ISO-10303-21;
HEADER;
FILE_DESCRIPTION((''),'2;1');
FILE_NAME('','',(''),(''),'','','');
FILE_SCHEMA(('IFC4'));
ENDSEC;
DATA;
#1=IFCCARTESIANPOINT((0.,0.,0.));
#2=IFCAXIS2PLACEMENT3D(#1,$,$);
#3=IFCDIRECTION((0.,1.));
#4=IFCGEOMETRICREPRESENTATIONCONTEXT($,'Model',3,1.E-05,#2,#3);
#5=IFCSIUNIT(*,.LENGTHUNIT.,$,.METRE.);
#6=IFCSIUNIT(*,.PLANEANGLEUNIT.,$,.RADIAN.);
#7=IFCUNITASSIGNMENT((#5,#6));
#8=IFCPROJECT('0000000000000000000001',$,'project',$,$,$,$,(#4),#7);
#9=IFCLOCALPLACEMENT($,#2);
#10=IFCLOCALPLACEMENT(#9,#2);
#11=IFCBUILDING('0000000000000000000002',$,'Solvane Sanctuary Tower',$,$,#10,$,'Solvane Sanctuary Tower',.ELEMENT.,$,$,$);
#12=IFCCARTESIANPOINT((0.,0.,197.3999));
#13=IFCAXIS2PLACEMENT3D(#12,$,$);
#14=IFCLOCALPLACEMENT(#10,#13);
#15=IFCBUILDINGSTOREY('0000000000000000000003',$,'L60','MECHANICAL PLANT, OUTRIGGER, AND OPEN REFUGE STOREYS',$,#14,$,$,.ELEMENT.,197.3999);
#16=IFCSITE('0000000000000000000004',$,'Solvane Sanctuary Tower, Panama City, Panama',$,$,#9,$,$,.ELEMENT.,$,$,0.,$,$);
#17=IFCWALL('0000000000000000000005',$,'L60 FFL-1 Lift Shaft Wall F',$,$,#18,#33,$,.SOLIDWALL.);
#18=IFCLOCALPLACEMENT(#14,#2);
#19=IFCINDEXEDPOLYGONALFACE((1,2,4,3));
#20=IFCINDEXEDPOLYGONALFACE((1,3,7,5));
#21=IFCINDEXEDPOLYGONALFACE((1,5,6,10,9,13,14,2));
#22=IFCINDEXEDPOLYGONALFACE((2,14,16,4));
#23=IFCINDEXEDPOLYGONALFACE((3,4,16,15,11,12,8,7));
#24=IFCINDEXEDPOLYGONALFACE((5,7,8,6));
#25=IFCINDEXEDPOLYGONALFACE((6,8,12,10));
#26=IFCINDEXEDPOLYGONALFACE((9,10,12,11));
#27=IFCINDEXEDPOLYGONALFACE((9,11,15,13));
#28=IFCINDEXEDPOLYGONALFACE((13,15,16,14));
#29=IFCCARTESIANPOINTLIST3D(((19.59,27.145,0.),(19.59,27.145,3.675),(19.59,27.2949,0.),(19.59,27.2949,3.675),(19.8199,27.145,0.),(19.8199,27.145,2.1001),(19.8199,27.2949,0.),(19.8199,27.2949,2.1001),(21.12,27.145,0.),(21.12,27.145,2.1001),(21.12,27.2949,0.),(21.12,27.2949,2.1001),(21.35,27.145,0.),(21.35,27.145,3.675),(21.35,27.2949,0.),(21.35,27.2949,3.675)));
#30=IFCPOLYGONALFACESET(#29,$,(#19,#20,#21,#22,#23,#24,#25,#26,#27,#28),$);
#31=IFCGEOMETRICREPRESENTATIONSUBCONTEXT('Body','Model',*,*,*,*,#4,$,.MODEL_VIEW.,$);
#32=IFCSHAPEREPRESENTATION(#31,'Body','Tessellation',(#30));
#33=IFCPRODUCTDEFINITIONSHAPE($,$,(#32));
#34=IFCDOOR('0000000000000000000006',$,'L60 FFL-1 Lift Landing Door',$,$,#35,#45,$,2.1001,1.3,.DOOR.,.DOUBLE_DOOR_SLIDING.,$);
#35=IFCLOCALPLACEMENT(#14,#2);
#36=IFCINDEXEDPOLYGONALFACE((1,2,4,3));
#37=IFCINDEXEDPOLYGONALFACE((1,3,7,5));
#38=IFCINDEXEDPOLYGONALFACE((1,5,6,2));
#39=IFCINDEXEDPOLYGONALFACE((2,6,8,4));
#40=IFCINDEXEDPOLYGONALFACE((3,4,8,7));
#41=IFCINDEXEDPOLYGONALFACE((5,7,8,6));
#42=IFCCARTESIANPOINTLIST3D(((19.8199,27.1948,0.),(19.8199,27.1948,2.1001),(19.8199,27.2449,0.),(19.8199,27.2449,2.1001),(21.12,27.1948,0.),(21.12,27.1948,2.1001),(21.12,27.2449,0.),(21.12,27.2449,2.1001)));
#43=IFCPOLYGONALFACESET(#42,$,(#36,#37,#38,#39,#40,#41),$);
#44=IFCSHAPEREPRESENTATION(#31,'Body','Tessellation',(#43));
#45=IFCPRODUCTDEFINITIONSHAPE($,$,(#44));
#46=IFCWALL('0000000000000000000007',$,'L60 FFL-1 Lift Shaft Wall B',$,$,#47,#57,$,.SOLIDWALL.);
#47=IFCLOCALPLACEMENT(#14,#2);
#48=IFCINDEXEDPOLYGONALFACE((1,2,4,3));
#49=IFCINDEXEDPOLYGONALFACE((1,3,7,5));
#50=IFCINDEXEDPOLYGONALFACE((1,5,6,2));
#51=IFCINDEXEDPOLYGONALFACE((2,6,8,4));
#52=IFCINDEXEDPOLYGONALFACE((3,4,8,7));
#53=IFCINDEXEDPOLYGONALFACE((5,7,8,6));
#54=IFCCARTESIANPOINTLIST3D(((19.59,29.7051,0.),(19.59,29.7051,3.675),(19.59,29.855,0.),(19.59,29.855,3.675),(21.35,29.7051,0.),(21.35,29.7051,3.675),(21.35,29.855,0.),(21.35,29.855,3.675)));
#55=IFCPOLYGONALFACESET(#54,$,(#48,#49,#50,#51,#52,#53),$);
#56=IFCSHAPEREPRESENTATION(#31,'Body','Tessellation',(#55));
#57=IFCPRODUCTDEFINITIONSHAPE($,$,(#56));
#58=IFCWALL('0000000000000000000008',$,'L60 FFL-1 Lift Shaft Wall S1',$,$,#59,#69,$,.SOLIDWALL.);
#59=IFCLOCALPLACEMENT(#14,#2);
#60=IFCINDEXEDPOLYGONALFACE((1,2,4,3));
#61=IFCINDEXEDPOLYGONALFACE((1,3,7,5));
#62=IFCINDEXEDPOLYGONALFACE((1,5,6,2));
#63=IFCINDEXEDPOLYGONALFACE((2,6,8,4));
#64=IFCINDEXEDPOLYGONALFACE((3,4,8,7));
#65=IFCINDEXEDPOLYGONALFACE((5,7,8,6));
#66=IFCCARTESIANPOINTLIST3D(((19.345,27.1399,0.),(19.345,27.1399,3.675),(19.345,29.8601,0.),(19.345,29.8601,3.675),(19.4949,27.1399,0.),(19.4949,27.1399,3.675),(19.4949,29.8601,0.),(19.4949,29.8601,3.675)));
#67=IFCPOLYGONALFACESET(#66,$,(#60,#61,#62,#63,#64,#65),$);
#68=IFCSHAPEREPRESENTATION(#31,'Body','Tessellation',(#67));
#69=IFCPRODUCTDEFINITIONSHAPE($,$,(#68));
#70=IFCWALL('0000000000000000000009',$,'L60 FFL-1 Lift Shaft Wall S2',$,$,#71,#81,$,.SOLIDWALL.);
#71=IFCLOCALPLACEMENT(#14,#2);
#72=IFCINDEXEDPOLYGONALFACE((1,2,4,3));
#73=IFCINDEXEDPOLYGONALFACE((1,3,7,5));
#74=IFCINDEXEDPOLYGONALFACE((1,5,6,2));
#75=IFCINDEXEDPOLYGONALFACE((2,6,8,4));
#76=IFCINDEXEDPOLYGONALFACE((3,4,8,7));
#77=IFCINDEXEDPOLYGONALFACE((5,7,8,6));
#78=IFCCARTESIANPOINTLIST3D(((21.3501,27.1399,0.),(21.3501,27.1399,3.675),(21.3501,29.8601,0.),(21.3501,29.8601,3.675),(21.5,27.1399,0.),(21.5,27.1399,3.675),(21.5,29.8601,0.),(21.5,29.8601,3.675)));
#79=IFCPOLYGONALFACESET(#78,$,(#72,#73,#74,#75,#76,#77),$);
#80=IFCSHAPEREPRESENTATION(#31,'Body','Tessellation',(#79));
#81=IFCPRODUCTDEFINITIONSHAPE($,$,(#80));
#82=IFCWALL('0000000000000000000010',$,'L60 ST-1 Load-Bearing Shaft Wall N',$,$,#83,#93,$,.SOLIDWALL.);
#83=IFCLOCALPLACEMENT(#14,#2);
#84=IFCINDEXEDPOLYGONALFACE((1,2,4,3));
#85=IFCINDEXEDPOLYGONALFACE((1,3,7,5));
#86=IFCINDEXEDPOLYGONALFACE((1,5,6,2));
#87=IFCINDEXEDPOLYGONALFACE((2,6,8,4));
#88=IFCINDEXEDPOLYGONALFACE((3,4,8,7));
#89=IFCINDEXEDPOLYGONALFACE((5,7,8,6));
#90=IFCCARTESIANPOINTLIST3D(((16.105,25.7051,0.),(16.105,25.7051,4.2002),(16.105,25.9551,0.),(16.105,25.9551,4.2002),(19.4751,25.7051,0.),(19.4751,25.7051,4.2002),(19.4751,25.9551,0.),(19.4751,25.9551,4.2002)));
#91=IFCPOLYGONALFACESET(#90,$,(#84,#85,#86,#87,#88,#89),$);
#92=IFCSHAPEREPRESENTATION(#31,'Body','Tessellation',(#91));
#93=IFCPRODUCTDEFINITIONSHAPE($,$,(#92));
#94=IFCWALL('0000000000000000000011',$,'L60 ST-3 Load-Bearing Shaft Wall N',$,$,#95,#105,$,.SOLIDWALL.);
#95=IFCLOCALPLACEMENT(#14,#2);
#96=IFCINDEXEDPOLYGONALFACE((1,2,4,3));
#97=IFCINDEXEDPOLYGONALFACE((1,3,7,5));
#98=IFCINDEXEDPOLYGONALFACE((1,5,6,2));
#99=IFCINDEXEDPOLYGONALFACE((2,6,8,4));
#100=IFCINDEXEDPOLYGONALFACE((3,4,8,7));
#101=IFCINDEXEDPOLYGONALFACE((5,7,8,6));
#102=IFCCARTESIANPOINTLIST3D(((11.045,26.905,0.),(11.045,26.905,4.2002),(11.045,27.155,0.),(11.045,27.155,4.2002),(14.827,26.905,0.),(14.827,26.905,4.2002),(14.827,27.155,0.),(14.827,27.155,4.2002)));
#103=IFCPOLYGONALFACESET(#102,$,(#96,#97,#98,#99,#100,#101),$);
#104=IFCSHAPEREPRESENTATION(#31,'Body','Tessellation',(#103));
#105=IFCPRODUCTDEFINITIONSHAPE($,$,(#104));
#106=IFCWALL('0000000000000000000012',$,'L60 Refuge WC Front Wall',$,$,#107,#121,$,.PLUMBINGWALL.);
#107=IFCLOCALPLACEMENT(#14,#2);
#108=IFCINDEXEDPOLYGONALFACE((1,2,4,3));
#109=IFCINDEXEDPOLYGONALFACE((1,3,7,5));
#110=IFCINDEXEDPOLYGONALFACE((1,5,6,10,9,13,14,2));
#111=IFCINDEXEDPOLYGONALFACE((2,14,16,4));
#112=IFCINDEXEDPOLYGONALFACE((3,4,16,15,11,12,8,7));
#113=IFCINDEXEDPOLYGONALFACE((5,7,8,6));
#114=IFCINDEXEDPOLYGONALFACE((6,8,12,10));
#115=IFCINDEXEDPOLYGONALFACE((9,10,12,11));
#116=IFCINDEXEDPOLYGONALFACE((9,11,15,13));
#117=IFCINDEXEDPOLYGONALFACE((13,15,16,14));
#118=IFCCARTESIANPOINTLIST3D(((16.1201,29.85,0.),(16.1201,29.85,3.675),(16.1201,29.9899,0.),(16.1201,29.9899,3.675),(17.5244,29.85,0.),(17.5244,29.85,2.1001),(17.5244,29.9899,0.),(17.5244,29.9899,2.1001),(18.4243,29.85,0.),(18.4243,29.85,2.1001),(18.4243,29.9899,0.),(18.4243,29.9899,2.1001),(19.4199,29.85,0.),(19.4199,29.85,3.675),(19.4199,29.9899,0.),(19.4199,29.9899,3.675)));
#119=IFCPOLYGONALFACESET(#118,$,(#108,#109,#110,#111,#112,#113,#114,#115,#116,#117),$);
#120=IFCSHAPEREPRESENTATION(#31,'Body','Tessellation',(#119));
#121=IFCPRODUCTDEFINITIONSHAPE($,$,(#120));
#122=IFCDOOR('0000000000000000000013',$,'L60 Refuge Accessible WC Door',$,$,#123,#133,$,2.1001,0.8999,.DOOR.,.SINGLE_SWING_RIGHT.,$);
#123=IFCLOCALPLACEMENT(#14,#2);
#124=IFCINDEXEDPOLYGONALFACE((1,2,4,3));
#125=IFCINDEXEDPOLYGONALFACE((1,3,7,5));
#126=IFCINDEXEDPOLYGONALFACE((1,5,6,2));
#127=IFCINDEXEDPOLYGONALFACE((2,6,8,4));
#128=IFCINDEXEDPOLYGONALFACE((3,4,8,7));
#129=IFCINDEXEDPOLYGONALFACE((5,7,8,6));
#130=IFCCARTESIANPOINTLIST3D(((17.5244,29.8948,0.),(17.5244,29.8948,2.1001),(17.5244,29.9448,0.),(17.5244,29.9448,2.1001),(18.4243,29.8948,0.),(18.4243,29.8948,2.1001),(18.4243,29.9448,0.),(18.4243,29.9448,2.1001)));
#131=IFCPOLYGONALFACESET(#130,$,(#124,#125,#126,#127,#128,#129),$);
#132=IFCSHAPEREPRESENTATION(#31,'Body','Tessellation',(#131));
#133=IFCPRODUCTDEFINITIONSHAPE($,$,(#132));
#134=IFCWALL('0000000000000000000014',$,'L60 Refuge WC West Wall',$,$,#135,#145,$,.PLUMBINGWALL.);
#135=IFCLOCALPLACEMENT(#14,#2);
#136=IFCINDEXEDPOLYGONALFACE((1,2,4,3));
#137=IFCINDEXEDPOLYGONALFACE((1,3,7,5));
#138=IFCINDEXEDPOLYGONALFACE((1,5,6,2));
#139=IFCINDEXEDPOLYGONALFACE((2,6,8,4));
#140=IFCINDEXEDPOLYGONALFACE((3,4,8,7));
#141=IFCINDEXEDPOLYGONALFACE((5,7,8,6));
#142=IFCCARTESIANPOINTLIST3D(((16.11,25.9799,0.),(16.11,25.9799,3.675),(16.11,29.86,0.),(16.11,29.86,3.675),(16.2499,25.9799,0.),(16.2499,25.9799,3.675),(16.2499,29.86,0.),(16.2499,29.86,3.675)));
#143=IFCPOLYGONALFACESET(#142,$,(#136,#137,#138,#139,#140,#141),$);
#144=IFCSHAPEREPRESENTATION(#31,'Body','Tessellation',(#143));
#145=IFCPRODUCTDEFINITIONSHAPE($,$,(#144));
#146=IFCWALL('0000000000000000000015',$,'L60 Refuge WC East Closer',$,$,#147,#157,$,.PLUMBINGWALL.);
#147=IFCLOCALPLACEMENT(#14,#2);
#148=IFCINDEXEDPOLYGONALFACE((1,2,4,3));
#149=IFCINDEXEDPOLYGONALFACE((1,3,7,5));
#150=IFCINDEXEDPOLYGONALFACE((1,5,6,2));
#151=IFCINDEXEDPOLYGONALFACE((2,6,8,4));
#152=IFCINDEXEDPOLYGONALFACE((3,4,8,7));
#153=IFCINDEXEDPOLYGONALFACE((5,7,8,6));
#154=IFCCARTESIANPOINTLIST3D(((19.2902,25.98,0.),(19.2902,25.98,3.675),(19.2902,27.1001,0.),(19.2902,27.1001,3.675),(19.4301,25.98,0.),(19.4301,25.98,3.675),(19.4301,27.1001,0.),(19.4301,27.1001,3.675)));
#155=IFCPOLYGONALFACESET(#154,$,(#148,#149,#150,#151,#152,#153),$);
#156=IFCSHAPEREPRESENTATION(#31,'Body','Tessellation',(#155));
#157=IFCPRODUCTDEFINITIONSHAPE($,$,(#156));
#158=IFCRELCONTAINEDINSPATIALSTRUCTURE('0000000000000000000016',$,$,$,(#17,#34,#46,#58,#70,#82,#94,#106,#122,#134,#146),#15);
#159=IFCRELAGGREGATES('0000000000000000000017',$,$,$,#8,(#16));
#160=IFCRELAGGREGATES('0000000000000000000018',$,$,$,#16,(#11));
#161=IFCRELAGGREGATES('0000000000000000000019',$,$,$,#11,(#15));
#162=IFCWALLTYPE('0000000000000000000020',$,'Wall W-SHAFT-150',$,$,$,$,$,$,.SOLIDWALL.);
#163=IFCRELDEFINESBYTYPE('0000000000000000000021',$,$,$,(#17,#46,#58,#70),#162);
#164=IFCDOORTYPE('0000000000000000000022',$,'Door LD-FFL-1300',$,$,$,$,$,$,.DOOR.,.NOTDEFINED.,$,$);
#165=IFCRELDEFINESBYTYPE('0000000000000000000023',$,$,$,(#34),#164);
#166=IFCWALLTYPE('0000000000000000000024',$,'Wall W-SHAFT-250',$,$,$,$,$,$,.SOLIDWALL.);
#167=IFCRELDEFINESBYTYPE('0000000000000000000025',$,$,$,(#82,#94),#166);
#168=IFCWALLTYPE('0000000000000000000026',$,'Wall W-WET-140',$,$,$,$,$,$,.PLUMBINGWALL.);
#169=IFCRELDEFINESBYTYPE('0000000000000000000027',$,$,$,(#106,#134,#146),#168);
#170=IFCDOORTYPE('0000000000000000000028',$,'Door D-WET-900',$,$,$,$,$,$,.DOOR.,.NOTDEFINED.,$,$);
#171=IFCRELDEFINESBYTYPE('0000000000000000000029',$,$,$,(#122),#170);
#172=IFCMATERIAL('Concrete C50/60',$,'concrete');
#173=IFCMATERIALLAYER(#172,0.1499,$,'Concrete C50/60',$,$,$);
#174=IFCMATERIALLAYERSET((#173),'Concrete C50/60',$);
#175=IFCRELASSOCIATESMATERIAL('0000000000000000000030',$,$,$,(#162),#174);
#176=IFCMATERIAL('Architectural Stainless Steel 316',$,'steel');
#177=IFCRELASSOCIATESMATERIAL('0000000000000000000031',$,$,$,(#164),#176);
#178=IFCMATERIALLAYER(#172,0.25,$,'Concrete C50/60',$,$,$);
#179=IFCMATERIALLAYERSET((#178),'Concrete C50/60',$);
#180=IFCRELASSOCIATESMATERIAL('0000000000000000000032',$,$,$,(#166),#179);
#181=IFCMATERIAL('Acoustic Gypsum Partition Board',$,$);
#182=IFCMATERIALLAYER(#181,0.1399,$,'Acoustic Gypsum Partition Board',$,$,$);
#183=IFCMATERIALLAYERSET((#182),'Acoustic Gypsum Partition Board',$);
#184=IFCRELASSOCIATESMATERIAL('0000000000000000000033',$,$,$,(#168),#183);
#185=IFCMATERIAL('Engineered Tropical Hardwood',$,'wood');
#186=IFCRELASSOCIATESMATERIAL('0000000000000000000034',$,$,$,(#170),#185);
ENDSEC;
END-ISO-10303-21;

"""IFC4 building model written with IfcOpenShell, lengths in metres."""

from ifc_helpers import new_model, si_unit, direction, frame, frame_2d, origin, place, context, subcontext, project, spatial, rectangle, extrude, material, layer, layer_set, type_object, element, fill, save


model = new_model("IFC4")

# Units and contexts
model_context = context("Model", 3, precision=1e-05, world=origin(), true_north=direction((0.0, 1.0)))
body_context = subcontext(model_context, "Body", "Model", "MODEL_VIEW")
ifc_project = project(units=[si_unit("LENGTHUNIT", "METRE"), si_unit("PLANEANGLEUNIT", "RADIAN")], contexts=[model_context])

# Site, building, storey
site_placement = place(None, origin())
site = spatial("IfcSite", under=ifc_project, at=site_placement, Name="Solvane Sanctuary Tower, Panama City, Panama", CompositionType="ELEMENT", RefElevation=0.0)
building_placement = place(site_placement, origin())
building = spatial("IfcBuilding", under=site, at=building_placement, Name="Solvane Sanctuary Tower", LongName="Solvane Sanctuary Tower", CompositionType="ELEMENT")
storey_placement = place(building_placement, frame((0.0, 0.0, 197.3999)))
storey = spatial("IfcBuildingStorey", under=building, at=storey_placement, Name="L60", Description="MECHANICAL PLANT, OUTRIGGER, AND OPEN REFUGE STOREYS", CompositionType="ELEMENT", Elevation=197.3999)

# Shared definitions
ifc_material_1 = material(Name="Concrete C50/60", Category="concrete")

# Shared definitions
ifc_material_2 = material(Name="Acoustic Gypsum Partition Board")

# Wall, opening, door
ifc_layer_1 = layer(ifc_material_1, 0.1499, Name="Concrete C50/60")
ifc_layer_set_1 = layer_set([ifc_layer_1], Name="Concrete C50/60")
wall_type_1 = type_object("IfcWallType", Name="Wall W-SHAFT-150", PredefinedType="SOLIDWALL", material=ifc_layer_set_1)
wall_1_placement = place(storey_placement, frame((19.5901, 27.22, 0.0), z_axis=(0.0, 0.0, 1.0), x_axis=(1.0, 0.0, 0.0)))
wall_1 = element("IfcWall", 1, at=wall_1_placement, inside=storey, type_object=wall_type_1, Name="L60 FFL-1 Lift Shaft Wall F", PredefinedType="SOLIDWALL", context=body_context, shape_type="SweptSolid", body=[
    extrude(rectangle(XDim=1.76, YDim=0.1499, at=frame_2d((0.8799, 0.0))), origin(), (0.0, 0.0, 1.0), 3.675),
])
opening_1_placement = place(wall_1_placement, frame((0.23, 0.0, 0.0)))
opening_1 = element("IfcOpeningElement", 2, at=opening_1_placement, cuts=wall_1, PredefinedType="OPENING", context=body_context, shape_type="SweptSolid", body=[
    extrude(rectangle(XDim=1.3, YDim=2.1001, at=frame_2d((0.6499, 1.05))), frame((0.0, 0.085, 0.0), z_axis=(0.0, -1.0, 0.0), x_axis=(1.0, 0.0, 0.0)), (0.0, 0.0, 1.0), 0.1699),
])
ifc_material_3 = material(Name="Architectural Stainless Steel 316", Category="steel")
door_type_1 = type_object("IfcDoorType", Name="Door LD-FFL-1300", OperationType="NOTDEFINED", PredefinedType="DOOR", material=ifc_material_3)
door_1_placement = place(opening_1_placement, origin())
door_1 = element("IfcDoor", 3, at=door_1_placement, inside=storey, type_object=door_type_1, Name="L60 FFL-1 Lift Landing Door", OperationType="DOUBLE_DOOR_SLIDING", OverallHeight=2.1001, OverallWidth=1.3, PredefinedType="DOOR", context=body_context, shape_type="SweptSolid", body=[
    extrude(rectangle(XDim=1.3, YDim=2.1001, at=frame_2d((0.6499, 1.05))), frame((0.0, 0.0249, 0.0), z_axis=(0.0, -1.0, 0.0), x_axis=(1.0, 0.0, 0.0)), (0.0, 0.0, 1.0), 0.05),
])
fill(opening_1, door_1)

# Walls
wall_2_placement = place(storey_placement, frame((19.5901, 29.78, 0.0), z_axis=(0.0, 0.0, 1.0), x_axis=(1.0, 0.0, 0.0)))
element("IfcWall", 4, at=wall_2_placement, inside=storey, type_object=wall_type_1, Name="L60 FFL-1 Lift Shaft Wall B", PredefinedType="SOLIDWALL", context=body_context, shape_type="SweptSolid", body=[
    extrude(rectangle(XDim=1.76, YDim=0.1499, at=frame_2d((0.8799, 0.0))), origin(), (0.0, 0.0, 1.0), 3.675),
])
for number, where, z_axis, x_axis, name in (
    (5, (19.4199, 27.1399, 0.0), (0.0, 0.0, 1.0), (0.0, 1.0, 0.0), "L60 FFL-1 Lift Shaft Wall S1"),
    (6, (21.425, 27.1399, 0.0), (0.0, 0.0, 1.0), (0.0, 1.0, 0.0), "L60 FFL-1 Lift Shaft Wall S2"),
):
    element("IfcWall", number, at=place(storey_placement, frame(where, z_axis=z_axis, x_axis=x_axis)), inside=storey, type_object=wall_type_1, Name=name, PredefinedType="SOLIDWALL", context=body_context, shape_type="SweptSolid", body=[
        extrude(rectangle(XDim=2.7202, YDim=0.1499, at=frame_2d((1.3601, 0.0))), origin(), (0.0, 0.0, 1.0), 3.675),
    ])
ifc_layer_2 = layer(ifc_material_1, 0.25, Name="Concrete C50/60")
ifc_layer_set_2 = layer_set([ifc_layer_2], Name="Concrete C50/60")
wall_type_2 = type_object("IfcWallType", Name="Wall W-SHAFT-250", PredefinedType="SOLIDWALL", material=ifc_layer_set_2)
wall_3_placement = place(storey_placement, frame((16.105, 25.8301, 0.0), z_axis=(0.0, 0.0, 1.0), x_axis=(1.0, 0.0, 0.0)))
element("IfcWall", 7, at=wall_3_placement, inside=storey, type_object=wall_type_2, Name="L60 ST-1 Load-Bearing Shaft Wall N", PredefinedType="SOLIDWALL", context=body_context, shape_type="SweptSolid", body=[
    extrude(rectangle(XDim=3.3701, YDim=0.25, at=frame_2d((1.6851, 0.0))), origin(), (0.0, 0.0, 1.0), 4.2002),
])
wall_4_placement = place(storey_placement, frame((11.0449, 27.03, 0.0), z_axis=(0.0, 0.0, 1.0), x_axis=(1.0, 0.0, 0.0)))
element("IfcWall", 8, at=wall_4_placement, inside=storey, type_object=wall_type_2, Name="L60 ST-3 Load-Bearing Shaft Wall N", PredefinedType="SOLIDWALL", context=body_context, shape_type="SweptSolid", body=[
    extrude(rectangle(XDim=3.782, YDim=0.25, at=frame_2d((1.8911, 0.0))), origin(), (0.0, 0.0, 1.0), 4.2002),
])

# Wall, opening, door
ifc_layer_3 = layer(ifc_material_2, 0.1399, Name="Acoustic Gypsum Partition Board")
ifc_layer_set_3 = layer_set([ifc_layer_3], Name="Acoustic Gypsum Partition Board")
wall_type_3 = type_object("IfcWallType", Name="Wall W-WET-140", PredefinedType="PLUMBINGWALL", material=ifc_layer_set_3)
wall_5_placement = place(storey_placement, frame((16.1201, 29.9199, 0.0), z_axis=(0.0, 0.0, 1.0), x_axis=(1.0, 0.0, 0.0)))
wall_5 = element("IfcWall", 9, at=wall_5_placement, inside=storey, type_object=wall_type_3, Name="L60 Refuge WC Front Wall", PredefinedType="PLUMBINGWALL", context=body_context, shape_type="SweptSolid", body=[
    extrude(rectangle(XDim=3.2998, YDim=0.1399, at=frame_2d((1.6499, 0.0))), origin(), (0.0, 0.0, 1.0), 3.675),
])
opening_2_placement = place(wall_5_placement, frame((1.4043, 0.0, 0.0)))
opening_2 = element("IfcOpeningElement", 10, at=opening_2_placement, cuts=wall_5, PredefinedType="OPENING", context=body_context, shape_type="SweptSolid", body=[
    extrude(rectangle(XDim=0.8999, YDim=2.1001, at=frame_2d((0.45, 1.05))), frame((0.0, 0.0798, 0.0), z_axis=(0.0, -1.0, 0.0), x_axis=(1.0, 0.0, 0.0)), (0.0, 0.0, 1.0), 0.1599),
])
ifc_material_4 = material(Name="Engineered Tropical Hardwood", Category="wood")
door_type_2 = type_object("IfcDoorType", Name="Door D-WET-900", OperationType="NOTDEFINED", PredefinedType="DOOR", material=ifc_material_4)
door_2_placement = place(opening_2_placement, origin())
door_2 = element("IfcDoor", 11, at=door_2_placement, inside=storey, type_object=door_type_2, Name="L60 Refuge Accessible WC Door", OperationType="SINGLE_SWING_RIGHT", OverallHeight=2.1001, OverallWidth=0.8999, PredefinedType="DOOR", context=body_context, shape_type="SweptSolid", body=[
    extrude(rectangle(XDim=0.8999, YDim=2.1001, at=frame_2d((0.45, 1.05))), frame((0.0, 0.0249, 0.0), z_axis=(0.0, -1.0, 0.0), x_axis=(1.0, 0.0, 0.0)), (0.0, 0.0, 1.0), 0.05),
])
fill(opening_2, door_2)

# Walls
wall_6_placement = place(storey_placement, frame((16.1799, 25.98, 0.0), z_axis=(0.0, 0.0, 1.0), x_axis=(0.0, 1.0, 0.0)))
element("IfcWall", 12, at=wall_6_placement, inside=storey, type_object=wall_type_3, Name="L60 Refuge WC West Wall", PredefinedType="PLUMBINGWALL", context=body_context, shape_type="SweptSolid", body=[
    extrude(rectangle(XDim=3.8801, YDim=0.1399, at=frame_2d((1.9399, 0.0))), origin(), (0.0, 0.0, 1.0), 3.675),
])
wall_7_placement = place(storey_placement, frame((19.3601, 25.98, 0.0), z_axis=(0.0, 0.0, 1.0), x_axis=(0.0, 1.0, 0.0)))
element("IfcWall", 13, at=wall_7_placement, inside=storey, type_object=wall_type_3, Name="L60 Refuge WC East Closer", PredefinedType="PLUMBINGWALL", context=body_context, shape_type="SweptSolid", body=[
    extrude(rectangle(XDim=1.1201, YDim=0.1399, at=frame_2d((0.5601, 0.0))), origin(), (0.0, 0.0, 1.0), 3.675),
])

save(model, "model.ifc")
